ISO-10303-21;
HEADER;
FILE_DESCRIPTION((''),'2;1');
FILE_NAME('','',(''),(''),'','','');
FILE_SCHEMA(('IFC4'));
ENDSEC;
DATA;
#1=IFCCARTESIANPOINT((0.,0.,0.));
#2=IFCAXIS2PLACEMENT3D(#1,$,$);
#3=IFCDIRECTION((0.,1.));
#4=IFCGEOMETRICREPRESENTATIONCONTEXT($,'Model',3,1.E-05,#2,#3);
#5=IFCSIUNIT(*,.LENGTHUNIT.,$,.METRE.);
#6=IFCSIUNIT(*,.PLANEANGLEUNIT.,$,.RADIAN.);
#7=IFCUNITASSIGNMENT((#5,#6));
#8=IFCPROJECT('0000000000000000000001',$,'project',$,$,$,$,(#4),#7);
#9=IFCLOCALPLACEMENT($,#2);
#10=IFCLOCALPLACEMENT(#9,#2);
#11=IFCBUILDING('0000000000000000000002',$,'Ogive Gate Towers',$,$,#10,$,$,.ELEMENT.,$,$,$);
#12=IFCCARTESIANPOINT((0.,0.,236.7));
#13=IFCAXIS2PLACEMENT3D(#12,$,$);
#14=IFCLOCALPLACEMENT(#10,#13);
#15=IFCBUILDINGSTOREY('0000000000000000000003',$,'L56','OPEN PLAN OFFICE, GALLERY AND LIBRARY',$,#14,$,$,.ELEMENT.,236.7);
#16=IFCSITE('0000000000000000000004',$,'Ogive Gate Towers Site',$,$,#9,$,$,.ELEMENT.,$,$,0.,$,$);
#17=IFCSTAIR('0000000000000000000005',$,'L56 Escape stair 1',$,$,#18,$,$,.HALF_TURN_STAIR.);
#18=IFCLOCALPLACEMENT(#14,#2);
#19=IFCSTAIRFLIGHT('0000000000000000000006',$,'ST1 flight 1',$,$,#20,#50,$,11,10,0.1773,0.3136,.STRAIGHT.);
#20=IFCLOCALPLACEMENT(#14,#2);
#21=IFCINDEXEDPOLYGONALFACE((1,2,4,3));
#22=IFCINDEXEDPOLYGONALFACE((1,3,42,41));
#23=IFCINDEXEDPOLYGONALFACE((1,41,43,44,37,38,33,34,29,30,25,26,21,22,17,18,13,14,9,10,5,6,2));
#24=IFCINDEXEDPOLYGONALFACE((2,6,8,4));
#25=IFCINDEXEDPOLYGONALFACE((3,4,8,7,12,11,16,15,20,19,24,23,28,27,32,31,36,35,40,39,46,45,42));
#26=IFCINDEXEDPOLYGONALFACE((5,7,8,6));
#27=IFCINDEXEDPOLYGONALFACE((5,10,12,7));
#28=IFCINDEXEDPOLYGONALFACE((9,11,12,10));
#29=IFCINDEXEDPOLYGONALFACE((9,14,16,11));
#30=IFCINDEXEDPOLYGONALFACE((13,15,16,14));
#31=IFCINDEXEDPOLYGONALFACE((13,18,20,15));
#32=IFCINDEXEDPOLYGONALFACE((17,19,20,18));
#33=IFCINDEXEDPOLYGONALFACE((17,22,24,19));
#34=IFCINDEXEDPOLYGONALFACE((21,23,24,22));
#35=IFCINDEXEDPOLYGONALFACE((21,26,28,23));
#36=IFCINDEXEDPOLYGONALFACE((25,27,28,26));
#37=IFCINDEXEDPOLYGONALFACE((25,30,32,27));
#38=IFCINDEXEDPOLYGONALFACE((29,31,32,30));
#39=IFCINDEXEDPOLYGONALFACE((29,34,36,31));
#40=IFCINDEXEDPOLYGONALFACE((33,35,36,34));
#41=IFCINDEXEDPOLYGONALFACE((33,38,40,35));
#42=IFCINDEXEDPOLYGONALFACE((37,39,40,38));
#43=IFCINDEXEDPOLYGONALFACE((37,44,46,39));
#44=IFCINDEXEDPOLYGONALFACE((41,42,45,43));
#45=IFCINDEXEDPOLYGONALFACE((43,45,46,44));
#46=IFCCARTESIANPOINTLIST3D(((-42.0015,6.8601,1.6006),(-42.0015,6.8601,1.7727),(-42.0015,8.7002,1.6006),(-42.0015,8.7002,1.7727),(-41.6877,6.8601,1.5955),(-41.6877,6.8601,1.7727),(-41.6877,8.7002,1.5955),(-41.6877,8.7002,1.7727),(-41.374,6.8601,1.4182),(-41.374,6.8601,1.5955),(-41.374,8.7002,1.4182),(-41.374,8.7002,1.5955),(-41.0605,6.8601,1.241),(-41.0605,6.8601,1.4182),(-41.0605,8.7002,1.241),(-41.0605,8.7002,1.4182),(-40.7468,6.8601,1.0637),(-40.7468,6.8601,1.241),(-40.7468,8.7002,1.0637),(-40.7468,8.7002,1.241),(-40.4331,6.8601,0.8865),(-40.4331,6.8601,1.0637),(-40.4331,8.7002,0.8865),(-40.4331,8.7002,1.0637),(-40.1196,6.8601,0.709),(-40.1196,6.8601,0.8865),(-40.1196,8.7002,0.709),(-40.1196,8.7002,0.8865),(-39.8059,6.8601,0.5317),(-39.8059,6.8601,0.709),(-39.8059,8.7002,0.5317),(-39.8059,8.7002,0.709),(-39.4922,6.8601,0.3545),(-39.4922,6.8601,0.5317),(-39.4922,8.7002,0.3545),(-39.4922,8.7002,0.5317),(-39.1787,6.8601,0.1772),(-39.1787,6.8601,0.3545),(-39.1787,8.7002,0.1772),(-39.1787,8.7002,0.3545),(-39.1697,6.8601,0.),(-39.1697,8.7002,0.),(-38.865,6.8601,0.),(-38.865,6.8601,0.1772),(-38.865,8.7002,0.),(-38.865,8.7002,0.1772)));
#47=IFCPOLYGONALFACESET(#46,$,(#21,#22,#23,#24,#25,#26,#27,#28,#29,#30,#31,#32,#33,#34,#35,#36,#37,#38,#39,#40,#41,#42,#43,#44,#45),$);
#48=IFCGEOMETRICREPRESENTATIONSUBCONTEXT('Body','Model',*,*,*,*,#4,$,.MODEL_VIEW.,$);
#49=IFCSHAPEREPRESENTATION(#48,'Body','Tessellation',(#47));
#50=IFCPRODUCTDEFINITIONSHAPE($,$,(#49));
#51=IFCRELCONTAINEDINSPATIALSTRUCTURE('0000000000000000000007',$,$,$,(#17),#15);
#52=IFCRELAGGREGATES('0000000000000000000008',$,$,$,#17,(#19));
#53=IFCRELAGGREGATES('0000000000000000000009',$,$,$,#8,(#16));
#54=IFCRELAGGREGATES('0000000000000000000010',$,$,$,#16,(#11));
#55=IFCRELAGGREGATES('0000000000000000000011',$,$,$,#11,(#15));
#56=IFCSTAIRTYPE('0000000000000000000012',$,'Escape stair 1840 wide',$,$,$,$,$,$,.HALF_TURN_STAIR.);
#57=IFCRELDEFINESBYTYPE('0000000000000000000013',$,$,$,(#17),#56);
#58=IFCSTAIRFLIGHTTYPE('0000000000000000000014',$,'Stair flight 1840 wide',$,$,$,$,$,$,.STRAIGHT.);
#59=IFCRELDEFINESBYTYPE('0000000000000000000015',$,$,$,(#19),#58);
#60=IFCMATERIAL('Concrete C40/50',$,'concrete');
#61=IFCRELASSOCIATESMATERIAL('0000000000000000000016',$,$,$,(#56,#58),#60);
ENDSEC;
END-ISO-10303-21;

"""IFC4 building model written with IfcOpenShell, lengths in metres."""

from ifc_helpers import new_model, si_unit, direction, frame, origin, place, context, subcontext, project, spatial, polyline, outline, extrude, material, type_object, element, aggregate, save


model = new_model("IFC4")

# Units and contexts
model_context = context("Model", 3, precision=1e-05, world=origin(), true_north=direction((0.0, 1.0)))
body_context = subcontext(model_context, "Body", "Model", "MODEL_VIEW")
ifc_project = project(units=[si_unit("LENGTHUNIT", "METRE"), si_unit("PLANEANGLEUNIT", "RADIAN")], contexts=[model_context])

# Site, building, storey
site_placement = place(None, origin())
site = spatial("IfcSite", under=ifc_project, at=site_placement, Name="Ogive Gate Towers Site", CompositionType="ELEMENT", RefElevation=0.0)
building_placement = place(site_placement, origin())
building = spatial("IfcBuilding", under=site, at=building_placement, Name="Ogive Gate Towers", CompositionType="ELEMENT")
storey_placement = place(building_placement, frame((0.0, 0.0, 236.7)))
storey = spatial("IfcBuildingStorey", under=building, at=storey_placement, Name="L56", Description="OPEN PLAN OFFICE, GALLERY AND LIBRARY", CompositionType="ELEMENT", Elevation=236.7)

# Stair, stair flight
ifc_material_1 = material(Name="Concrete C40/50", Category="concrete")
stair_type = type_object("IfcStairType", Name="Escape stair 1840 wide", PredefinedType="HALF_TURN_STAIR", material=ifc_material_1)
stair_placement = place(storey_placement, origin())
stair = element("IfcStair", 1, at=stair_placement, inside=storey, type_object=stair_type, Name="L56 Escape stair 1", PredefinedType="HALF_TURN_STAIR")
stair_flight_type = type_object("IfcStairFlightType", Name="Stair flight 1840 wide", PredefinedType="STRAIGHT", material=ifc_material_1)
stair_flight_placement = place(storey_placement, frame((-38.865, 7.78, 0.0), z_axis=(0.0, 0.0, 1.0), x_axis=(-1.0, 0.0, 0.0)))
stair_flight = element("IfcStairFlight", 2, at=stair_flight_placement, type_object=stair_flight_type, Name="ST1 flight 1", NumberOfRisers=11, NumberOfTreads=10, PredefinedType="STRAIGHT", RiserHeight=0.1773, TreadLength=0.3136, context=body_context, shape_type="SweptSolid", body=[
    extrude(outline(polyline([(0.0, 0.0), (0.0, 0.1772), (0.3137, 0.1772), (0.3137, 0.3545), (0.6272, 0.3545), (0.6272, 0.5317), (0.9409, 0.5317), (0.9409, 0.709), (1.2546, 0.709), (1.2546, 0.8865), (1.5681, 0.8865), (1.5681, 1.0637), (1.8818, 1.0637), (1.8818, 1.241), (2.1956, 1.241), (2.1956, 1.4182), (2.509, 1.4182), (2.509, 1.5955), (2.8228, 1.5955), (2.8228, 1.7727), (3.1365, 1.7727), (3.1365, 1.95), (3.1365, 1.6006), (0.3047, 0.0), (0.0, 0.0)])), frame((0.0, 0.9199, 0.0), z_axis=(0.0, -1.0, 0.0), x_axis=(1.0, 0.0, 0.0)), (0.0, 0.0, 1.0), 1.8401),
])
aggregate(stair, [stair_flight])

save(model, "model.ifc")
